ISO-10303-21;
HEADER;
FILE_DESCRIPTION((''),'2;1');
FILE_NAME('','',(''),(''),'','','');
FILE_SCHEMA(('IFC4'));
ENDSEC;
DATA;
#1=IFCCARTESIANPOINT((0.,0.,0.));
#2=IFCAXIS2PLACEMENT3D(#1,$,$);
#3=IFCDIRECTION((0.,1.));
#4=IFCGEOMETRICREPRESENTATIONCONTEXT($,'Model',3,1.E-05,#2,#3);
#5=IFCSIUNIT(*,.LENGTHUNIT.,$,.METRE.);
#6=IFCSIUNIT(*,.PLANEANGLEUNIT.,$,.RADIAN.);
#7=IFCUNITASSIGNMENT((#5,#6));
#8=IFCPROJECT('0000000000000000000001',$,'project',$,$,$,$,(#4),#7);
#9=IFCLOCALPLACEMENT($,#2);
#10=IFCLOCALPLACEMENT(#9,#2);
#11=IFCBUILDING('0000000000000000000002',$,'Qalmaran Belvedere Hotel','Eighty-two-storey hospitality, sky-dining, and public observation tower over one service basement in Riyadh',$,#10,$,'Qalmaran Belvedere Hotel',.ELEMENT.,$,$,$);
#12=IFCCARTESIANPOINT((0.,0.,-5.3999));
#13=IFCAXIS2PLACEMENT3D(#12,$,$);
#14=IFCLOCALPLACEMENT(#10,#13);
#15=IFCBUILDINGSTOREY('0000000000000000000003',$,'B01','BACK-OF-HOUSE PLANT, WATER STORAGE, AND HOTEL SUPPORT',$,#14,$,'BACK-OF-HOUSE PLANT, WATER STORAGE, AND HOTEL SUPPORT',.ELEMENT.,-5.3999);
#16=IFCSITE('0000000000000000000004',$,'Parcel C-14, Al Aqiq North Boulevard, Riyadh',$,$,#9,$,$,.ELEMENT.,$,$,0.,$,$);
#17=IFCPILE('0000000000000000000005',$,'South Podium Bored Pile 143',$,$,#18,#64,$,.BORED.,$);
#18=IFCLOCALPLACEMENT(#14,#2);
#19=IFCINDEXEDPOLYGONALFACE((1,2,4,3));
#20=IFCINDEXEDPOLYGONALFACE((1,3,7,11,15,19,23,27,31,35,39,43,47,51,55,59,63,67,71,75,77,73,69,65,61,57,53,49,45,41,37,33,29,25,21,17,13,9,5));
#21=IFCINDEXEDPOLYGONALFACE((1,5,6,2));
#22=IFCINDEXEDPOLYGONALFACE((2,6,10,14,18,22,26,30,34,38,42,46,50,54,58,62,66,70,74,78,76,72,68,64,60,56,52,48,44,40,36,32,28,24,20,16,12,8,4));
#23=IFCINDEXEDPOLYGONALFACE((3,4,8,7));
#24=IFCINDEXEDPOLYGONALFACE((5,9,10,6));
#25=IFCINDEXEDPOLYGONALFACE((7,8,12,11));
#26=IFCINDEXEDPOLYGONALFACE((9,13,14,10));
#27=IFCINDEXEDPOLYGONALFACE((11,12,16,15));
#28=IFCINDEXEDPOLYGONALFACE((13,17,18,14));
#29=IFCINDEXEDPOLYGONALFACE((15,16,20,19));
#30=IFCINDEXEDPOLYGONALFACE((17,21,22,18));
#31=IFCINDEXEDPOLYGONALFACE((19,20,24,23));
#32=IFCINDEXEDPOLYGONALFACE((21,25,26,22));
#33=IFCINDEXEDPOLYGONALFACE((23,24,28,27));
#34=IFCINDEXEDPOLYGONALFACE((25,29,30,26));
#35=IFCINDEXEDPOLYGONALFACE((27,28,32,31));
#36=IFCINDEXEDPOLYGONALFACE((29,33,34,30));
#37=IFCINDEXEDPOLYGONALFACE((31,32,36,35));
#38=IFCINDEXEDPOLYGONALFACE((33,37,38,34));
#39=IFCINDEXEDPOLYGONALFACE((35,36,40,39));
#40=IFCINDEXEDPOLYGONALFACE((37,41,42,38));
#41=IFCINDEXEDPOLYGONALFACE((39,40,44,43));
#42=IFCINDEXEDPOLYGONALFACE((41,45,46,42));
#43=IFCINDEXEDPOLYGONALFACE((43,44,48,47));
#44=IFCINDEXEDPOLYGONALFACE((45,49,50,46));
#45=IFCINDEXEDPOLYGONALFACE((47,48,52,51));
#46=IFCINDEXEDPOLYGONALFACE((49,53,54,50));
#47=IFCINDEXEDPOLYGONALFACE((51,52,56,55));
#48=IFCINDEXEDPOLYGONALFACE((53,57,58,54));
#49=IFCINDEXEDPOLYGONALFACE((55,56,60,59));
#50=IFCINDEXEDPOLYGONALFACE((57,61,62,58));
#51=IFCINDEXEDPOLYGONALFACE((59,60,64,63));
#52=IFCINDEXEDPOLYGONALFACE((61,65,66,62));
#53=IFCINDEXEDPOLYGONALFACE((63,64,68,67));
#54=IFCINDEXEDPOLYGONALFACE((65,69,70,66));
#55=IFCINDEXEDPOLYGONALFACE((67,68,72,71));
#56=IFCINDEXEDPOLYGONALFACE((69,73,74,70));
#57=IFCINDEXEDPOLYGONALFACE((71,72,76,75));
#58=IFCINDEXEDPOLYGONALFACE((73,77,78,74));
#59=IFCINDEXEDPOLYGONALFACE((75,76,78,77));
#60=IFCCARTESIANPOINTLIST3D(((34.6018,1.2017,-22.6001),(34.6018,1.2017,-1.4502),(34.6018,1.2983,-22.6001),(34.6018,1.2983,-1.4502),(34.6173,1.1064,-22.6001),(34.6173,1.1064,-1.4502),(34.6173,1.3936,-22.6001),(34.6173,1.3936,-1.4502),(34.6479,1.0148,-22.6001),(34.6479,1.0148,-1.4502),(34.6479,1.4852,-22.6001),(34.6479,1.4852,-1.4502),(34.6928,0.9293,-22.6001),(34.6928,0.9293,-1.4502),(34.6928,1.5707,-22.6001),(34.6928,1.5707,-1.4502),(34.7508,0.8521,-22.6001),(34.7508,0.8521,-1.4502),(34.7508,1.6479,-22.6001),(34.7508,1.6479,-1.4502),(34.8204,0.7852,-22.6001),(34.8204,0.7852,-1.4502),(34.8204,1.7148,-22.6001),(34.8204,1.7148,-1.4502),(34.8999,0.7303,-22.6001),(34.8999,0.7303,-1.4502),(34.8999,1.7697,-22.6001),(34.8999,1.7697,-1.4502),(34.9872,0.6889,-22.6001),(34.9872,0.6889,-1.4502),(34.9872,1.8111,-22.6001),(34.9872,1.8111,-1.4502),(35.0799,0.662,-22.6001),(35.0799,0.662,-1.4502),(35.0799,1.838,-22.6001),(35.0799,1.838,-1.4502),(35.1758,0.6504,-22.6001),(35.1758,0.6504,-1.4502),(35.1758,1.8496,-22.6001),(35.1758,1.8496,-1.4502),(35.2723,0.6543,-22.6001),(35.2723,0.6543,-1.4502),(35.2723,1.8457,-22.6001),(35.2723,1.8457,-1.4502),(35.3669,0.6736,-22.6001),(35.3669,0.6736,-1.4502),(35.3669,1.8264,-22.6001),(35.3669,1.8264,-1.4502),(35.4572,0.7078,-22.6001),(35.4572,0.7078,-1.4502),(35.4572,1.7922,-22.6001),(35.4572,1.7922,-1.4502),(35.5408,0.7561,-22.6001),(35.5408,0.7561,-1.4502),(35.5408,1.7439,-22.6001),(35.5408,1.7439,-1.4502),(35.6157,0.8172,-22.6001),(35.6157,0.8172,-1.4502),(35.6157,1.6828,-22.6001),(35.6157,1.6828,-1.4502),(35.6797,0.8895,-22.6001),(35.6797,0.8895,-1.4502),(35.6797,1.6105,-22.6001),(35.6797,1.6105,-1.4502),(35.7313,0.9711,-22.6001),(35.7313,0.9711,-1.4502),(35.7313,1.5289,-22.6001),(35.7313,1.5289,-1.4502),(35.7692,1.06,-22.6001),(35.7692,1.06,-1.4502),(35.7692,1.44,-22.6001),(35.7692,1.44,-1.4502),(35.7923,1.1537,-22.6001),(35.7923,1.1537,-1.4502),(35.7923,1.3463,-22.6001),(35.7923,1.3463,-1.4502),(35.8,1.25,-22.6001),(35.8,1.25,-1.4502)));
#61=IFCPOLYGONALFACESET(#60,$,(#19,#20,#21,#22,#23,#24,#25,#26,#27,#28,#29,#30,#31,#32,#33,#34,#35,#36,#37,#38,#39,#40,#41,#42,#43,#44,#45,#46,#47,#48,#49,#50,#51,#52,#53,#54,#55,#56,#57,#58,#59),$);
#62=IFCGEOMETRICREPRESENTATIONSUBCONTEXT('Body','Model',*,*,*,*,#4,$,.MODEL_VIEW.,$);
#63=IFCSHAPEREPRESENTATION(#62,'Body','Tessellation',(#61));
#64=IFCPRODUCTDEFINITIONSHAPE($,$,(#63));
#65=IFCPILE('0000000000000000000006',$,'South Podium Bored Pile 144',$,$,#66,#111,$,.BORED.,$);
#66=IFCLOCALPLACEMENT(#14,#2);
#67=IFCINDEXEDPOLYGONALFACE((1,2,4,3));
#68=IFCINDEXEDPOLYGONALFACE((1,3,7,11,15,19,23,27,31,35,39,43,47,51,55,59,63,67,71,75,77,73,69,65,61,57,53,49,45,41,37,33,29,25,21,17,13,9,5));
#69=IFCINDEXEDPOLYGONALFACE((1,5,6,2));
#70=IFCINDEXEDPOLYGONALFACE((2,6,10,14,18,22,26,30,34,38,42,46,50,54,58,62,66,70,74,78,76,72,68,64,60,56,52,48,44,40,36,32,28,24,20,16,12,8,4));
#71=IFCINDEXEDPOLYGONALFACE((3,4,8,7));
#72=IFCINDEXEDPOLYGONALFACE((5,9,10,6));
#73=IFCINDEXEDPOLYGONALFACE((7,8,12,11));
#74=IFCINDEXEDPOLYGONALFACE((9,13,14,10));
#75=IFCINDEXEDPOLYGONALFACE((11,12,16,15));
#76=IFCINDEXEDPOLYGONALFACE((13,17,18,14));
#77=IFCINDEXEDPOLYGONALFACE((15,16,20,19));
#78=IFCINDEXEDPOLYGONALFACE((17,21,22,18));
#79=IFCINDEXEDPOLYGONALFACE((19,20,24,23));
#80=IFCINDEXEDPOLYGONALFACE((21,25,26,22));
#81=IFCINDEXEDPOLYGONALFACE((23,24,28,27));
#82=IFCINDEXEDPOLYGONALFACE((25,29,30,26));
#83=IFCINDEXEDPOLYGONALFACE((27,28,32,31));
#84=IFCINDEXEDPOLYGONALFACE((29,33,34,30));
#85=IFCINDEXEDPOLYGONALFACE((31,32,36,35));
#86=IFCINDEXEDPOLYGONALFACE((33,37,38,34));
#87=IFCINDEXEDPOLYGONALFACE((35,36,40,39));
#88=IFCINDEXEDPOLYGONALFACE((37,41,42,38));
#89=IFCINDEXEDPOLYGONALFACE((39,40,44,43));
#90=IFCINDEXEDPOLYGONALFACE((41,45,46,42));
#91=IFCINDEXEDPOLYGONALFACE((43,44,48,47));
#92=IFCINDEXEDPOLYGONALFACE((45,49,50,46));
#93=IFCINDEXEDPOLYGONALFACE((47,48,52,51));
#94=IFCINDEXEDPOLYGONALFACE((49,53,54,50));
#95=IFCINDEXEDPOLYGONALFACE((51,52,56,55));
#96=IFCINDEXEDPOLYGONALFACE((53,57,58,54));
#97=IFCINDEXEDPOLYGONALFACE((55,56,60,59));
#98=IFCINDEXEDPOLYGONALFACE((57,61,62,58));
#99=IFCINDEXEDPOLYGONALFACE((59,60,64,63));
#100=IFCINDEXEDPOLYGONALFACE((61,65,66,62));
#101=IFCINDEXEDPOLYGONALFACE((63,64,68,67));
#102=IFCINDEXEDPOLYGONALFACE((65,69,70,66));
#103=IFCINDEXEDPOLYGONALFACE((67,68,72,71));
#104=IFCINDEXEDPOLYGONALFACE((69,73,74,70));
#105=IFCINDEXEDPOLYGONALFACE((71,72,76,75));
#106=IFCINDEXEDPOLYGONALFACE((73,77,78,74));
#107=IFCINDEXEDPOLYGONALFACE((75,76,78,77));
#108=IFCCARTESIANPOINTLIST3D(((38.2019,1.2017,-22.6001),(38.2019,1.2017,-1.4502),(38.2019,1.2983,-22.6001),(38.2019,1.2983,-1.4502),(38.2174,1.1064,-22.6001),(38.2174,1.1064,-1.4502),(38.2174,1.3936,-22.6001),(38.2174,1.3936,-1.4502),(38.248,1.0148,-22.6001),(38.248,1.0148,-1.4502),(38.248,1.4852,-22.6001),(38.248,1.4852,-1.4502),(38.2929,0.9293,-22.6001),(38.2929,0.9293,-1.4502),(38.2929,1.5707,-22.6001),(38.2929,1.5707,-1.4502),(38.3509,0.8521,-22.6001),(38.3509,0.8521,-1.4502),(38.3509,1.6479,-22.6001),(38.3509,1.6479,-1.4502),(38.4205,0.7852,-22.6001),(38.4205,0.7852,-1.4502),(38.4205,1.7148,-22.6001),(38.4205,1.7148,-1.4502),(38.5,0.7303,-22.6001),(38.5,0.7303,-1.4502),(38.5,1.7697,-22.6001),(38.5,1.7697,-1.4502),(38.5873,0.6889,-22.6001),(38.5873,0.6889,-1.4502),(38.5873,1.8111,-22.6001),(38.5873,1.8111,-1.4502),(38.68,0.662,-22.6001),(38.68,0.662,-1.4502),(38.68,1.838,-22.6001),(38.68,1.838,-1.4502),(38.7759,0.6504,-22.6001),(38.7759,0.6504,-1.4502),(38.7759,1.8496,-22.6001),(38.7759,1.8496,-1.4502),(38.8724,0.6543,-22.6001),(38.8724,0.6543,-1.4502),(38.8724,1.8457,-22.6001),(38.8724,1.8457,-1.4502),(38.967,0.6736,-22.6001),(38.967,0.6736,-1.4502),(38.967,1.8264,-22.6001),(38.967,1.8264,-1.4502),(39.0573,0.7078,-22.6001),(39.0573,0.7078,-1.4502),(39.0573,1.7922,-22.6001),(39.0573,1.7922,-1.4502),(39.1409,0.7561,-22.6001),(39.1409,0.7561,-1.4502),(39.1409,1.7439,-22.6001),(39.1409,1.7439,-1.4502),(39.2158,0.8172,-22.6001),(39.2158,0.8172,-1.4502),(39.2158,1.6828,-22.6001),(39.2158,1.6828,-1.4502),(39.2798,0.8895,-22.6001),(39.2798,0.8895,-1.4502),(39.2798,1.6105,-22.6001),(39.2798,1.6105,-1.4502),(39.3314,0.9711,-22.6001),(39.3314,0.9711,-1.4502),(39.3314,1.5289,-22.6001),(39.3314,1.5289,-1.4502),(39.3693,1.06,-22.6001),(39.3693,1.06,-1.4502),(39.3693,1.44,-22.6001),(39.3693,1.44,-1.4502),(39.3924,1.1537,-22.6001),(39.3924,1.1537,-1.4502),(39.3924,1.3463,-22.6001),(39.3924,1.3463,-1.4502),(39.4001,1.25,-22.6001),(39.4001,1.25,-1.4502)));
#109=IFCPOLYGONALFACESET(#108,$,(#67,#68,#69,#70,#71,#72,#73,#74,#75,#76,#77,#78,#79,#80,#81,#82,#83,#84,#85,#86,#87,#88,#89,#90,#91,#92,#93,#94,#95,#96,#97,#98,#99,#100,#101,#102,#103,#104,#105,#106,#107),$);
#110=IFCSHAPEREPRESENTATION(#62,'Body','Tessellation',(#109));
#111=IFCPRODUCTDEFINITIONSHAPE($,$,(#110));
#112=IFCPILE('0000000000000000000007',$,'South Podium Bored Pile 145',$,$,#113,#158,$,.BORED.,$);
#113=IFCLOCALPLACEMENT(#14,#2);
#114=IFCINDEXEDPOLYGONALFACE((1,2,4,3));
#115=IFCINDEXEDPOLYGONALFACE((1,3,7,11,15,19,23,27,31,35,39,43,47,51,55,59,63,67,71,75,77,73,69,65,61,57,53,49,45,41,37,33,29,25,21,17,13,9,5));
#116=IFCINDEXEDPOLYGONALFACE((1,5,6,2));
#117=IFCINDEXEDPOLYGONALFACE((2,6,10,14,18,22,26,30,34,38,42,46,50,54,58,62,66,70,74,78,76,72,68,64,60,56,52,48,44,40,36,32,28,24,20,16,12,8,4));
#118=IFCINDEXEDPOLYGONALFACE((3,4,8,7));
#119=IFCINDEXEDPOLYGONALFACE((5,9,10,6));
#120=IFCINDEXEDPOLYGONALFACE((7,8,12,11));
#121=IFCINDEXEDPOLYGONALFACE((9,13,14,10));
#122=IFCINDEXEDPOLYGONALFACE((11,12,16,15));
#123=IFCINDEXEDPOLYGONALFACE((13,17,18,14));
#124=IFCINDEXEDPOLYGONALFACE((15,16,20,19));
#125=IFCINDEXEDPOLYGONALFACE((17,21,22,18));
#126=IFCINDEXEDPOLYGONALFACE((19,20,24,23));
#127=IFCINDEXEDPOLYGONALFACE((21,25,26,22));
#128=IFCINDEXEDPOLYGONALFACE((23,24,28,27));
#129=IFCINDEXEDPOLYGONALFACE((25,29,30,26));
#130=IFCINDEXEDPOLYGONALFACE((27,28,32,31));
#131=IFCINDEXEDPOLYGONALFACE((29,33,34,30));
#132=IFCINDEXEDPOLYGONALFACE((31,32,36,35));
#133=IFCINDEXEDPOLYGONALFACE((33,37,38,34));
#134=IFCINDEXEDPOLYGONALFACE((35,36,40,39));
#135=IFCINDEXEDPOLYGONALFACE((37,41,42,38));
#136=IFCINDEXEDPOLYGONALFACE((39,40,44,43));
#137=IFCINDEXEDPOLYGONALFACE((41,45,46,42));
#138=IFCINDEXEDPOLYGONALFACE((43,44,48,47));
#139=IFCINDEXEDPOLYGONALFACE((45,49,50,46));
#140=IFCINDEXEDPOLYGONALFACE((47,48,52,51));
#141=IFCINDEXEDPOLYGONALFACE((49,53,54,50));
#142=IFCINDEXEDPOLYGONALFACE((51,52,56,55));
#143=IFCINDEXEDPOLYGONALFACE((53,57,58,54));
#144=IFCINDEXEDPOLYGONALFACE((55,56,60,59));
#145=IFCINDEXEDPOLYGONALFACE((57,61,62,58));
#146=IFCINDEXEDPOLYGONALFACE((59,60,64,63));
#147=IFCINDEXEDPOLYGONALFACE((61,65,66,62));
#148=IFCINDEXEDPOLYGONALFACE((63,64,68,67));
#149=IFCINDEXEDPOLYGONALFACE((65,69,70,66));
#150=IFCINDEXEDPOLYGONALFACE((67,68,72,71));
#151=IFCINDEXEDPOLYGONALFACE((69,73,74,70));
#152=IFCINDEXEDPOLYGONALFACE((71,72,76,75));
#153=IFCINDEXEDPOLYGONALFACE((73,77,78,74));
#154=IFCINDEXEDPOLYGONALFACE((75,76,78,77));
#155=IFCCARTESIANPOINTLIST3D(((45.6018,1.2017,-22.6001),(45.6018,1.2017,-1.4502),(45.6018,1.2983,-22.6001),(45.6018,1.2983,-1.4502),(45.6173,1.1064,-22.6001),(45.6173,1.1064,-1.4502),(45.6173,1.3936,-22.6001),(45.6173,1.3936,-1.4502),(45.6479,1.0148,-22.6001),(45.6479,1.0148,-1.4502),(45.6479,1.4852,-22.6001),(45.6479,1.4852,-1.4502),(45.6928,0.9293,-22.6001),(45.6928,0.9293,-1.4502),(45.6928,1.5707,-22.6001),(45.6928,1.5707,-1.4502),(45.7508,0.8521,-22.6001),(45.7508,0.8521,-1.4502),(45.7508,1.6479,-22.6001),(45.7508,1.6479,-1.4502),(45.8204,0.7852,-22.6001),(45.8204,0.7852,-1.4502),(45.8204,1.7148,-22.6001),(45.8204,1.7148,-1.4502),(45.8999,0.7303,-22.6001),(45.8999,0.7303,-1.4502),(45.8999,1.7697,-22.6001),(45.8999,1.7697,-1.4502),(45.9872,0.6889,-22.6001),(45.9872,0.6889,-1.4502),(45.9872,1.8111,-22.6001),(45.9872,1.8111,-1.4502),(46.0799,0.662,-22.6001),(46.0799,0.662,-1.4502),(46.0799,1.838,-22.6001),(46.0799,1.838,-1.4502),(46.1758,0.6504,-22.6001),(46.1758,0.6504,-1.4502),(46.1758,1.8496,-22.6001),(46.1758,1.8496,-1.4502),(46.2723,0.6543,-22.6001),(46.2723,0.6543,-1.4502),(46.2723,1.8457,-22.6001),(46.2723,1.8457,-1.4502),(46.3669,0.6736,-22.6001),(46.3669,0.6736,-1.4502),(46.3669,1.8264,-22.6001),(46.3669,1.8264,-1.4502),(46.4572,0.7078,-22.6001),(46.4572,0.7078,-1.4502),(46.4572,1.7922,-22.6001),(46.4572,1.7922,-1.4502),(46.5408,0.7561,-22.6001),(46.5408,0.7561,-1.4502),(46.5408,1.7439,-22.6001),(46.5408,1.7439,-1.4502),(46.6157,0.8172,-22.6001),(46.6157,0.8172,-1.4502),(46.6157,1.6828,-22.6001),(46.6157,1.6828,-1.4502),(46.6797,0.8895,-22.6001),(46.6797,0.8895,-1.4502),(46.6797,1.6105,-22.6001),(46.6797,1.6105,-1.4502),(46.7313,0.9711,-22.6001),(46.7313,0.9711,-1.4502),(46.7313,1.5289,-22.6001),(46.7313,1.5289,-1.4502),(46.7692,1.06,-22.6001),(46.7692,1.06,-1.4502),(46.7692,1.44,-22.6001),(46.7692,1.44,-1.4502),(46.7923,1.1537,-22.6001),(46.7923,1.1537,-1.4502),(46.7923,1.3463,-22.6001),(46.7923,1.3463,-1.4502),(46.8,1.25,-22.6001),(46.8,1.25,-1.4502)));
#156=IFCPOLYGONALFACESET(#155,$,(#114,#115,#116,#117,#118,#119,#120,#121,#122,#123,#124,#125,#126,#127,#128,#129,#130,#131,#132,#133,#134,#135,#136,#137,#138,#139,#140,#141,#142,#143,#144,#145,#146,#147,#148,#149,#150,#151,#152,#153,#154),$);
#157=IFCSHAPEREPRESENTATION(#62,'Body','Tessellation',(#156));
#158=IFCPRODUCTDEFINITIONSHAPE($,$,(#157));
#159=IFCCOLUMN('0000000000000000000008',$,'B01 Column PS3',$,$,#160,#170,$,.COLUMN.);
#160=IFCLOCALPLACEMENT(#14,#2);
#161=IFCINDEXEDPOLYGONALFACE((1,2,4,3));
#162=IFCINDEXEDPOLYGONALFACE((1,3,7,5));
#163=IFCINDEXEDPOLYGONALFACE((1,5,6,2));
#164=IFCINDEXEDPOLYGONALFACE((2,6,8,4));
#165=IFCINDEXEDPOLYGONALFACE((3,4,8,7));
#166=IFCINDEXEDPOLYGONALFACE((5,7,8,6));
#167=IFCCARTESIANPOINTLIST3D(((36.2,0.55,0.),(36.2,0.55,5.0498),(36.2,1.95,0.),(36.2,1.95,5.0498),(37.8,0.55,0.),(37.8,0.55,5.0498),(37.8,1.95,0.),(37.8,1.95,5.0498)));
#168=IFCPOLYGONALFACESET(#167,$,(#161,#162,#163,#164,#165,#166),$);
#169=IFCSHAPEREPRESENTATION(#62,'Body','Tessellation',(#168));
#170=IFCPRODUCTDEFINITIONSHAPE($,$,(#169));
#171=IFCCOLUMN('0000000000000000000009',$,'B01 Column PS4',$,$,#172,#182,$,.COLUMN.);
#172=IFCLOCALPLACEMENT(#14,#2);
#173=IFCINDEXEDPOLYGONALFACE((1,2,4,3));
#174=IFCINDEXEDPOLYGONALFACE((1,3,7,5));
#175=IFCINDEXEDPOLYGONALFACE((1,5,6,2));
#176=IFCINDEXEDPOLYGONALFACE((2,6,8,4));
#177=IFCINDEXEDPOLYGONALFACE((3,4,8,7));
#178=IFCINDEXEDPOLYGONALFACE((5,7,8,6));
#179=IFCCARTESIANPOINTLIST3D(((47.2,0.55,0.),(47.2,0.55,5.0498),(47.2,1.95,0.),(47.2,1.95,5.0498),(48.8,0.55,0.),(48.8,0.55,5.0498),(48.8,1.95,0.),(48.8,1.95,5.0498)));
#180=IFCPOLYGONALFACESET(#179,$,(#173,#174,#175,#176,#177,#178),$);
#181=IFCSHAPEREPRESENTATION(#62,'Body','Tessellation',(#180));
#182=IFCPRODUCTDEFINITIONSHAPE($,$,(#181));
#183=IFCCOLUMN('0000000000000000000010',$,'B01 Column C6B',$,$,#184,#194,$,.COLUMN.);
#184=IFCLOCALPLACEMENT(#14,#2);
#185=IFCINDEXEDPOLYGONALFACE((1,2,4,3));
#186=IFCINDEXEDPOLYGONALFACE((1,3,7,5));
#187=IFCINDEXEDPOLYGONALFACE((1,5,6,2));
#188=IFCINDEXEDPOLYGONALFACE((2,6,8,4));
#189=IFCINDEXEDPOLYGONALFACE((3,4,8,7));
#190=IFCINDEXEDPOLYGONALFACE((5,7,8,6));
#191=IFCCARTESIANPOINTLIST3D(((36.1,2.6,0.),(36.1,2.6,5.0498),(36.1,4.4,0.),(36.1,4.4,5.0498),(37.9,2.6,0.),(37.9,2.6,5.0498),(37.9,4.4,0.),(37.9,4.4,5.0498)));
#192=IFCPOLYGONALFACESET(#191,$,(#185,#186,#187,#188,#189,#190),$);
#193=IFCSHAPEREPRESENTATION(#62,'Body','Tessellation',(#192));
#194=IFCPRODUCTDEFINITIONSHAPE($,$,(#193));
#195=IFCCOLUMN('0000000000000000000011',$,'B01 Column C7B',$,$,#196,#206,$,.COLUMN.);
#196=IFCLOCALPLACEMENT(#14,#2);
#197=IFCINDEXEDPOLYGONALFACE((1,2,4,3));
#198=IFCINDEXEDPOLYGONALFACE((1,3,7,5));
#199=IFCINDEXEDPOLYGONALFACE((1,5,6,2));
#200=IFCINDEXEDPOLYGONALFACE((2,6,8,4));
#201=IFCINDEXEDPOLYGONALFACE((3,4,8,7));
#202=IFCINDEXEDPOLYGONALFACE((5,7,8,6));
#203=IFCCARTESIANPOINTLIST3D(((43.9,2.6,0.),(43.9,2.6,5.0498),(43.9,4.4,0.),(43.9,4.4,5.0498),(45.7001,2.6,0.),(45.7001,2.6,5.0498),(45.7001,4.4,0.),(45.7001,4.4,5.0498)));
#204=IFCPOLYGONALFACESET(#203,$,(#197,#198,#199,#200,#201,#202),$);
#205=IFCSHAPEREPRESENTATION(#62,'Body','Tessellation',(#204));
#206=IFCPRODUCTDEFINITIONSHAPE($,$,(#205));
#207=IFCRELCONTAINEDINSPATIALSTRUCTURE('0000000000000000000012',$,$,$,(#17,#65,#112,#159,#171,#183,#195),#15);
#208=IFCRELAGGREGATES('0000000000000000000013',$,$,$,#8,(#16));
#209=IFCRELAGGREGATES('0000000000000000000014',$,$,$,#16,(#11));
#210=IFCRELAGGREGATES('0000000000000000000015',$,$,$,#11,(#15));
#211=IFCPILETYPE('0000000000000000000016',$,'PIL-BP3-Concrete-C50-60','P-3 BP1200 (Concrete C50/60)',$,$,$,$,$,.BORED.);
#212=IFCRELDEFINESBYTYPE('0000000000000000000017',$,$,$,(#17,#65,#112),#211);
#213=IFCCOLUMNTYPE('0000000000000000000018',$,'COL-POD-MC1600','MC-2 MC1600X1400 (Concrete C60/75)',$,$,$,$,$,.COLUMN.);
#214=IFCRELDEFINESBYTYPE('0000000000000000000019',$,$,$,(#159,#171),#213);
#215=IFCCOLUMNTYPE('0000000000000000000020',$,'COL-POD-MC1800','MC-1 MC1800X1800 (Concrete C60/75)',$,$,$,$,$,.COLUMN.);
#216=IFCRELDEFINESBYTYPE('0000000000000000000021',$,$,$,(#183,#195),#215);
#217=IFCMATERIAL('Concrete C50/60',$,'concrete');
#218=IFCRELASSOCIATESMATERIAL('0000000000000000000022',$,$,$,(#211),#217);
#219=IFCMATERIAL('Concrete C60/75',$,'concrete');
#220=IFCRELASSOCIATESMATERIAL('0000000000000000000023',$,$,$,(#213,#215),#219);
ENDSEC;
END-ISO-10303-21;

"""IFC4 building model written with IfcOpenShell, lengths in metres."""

from ifc_helpers import new_model, si_unit, direction, frame, origin, origin_2d, place, context, subcontext, project, spatial, rectangle, circle, extrude, material, material_profile, profile_set, type_object, element, save


model = new_model("IFC4")

# Units and contexts
model_context = context("Model", 3, precision=1e-05, world=origin(), true_north=direction((0.0, 1.0)))
body_context = subcontext(model_context, "Body", "Model", "MODEL_VIEW")
ifc_project = project(units=[si_unit("LENGTHUNIT", "METRE"), si_unit("PLANEANGLEUNIT", "RADIAN")], contexts=[model_context])

# Site, building, storey
site_placement = place(None, origin())
site = spatial("IfcSite", under=ifc_project, at=site_placement, Name="Parcel C-14, Al Aqiq North Boulevard, Riyadh", CompositionType="ELEMENT", RefElevation=0.0)
building_placement = place(site_placement, origin())
building = spatial("IfcBuilding", under=site, at=building_placement, Name="Qalmaran Belvedere Hotel", Description="Eighty-two-storey hospitality, sky-dining, and public observation tower over one service basement in Riyadh", LongName="Qalmaran Belvedere Hotel", CompositionType="ELEMENT")
storey_placement = place(building_placement, frame((0.0, 0.0, -5.3999)))
storey = spatial("IfcBuildingStorey", under=building, at=storey_placement, Name="B01", Description="BACK-OF-HOUSE PLANT, WATER STORAGE, AND HOTEL SUPPORT", LongName="BACK-OF-HOUSE PLANT, WATER STORAGE, AND HOTEL SUPPORT", CompositionType="ELEMENT", Elevation=-5.3999)

# Shared definitions
ifc_material_1 = material(Name="Concrete C50/60", Category="concrete")

# Piles
ifc_material_profile_1 = material_profile(ifc_material_1, circle(Radius=0.6001, at=origin_2d()), Name="BP1200")
ifc_profile_set_1 = profile_set([ifc_material_profile_1], Name="Concrete C50/60")
pile_type_1 = type_object("IfcPileType", Name="PIL-BP3-Concrete-C50-60", Description="P-3 BP1200 (Concrete C50/60)", PredefinedType="BORED", material=ifc_profile_set_1)
for number, where, z_axis, x_axis, name in (
    (1, (35.2, 1.25, -1.4502), (0.0, 0.0, -1.0), (1.0, 0.0, 0.0), "South Podium Bored Pile 143"),
    (2, (38.8, 1.25, -1.4502), (0.0, 0.0, -1.0), (1.0, 0.0, 0.0), "South Podium Bored Pile 144"),
    (3, (46.2, 1.25, -1.4502), (0.0, 0.0, -1.0), (1.0, 0.0, 0.0), "South Podium Bored Pile 145"),
):
    element("IfcPile", number, at=place(storey_placement, frame(where, z_axis=z_axis, x_axis=x_axis)), inside=storey, type_object=pile_type_1, Name=name, PredefinedType="BORED", context=body_context, shape_type="SweptSolid", body=[
        extrude(circle(Radius=0.6001, at=origin_2d()), origin(), (0.0, 0.0, 1.0), 21.1499),
    ])

# Columns
ifc_material_2 = material(Name="Concrete C60/75", Category="concrete")
ifc_material_profile_2 = material_profile(ifc_material_2, rectangle(XDim=1.6001, YDim=1.3999, at=origin_2d()), Name="MC1600X1400")
ifc_profile_set_2 = profile_set([ifc_material_profile_2], Name="Concrete C60/75")
column_type_1 = type_object("IfcColumnType", Name="COL-POD-MC1600", Description="MC-2 MC1600X1400 (Concrete C60/75)", PredefinedType="COLUMN", material=ifc_profile_set_2)
for number, where, z_axis, x_axis, name in (
    (4, (37.0, 1.25, 0.0), (0.0, 0.0, 1.0), (1.0, 0.0, 0.0), "B01 Column PS3"),
    (5, (48.0, 1.25, 0.0), (0.0, 0.0, 1.0), (1.0, 0.0, 0.0), "B01 Column PS4"),
):
    element("IfcColumn", number, at=place(storey_placement, frame(where, z_axis=z_axis, x_axis=x_axis)), inside=storey, type_object=column_type_1, Name=name, PredefinedType="COLUMN", context=body_context, shape_type="SweptSolid", body=[
        extrude(rectangle(XDim=1.6001, YDim=1.3999, at=origin_2d()), origin(), (0.0, 0.0, 1.0), 5.0498),
    ])
ifc_material_profile_3 = material_profile(ifc_material_2, rectangle(XDim=1.8, YDim=1.8, at=origin_2d()), Name="MC1800X1800")
ifc_profile_set_3 = profile_set([ifc_material_profile_3], Name="Concrete C60/75")
column_type_2 = type_object("IfcColumnType", Name="COL-POD-MC1800", Description="MC-1 MC1800X1800 (Concrete C60/75)", PredefinedType="COLUMN", material=ifc_profile_set_3)
for number, where, z_axis, x_axis, name in (
    (6, (37.0, 3.5, 0.0), (0.0, 0.0, 1.0), (1.0, 0.0, 0.0), "B01 Column C6B"),
    (7, (44.8, 3.5, 0.0), (0.0, 0.0, 1.0), (1.0, 0.0, 0.0), "B01 Column C7B"),
):
    element("IfcColumn", number, at=place(storey_placement, frame(where, z_axis=z_axis, x_axis=x_axis)), inside=storey, type_object=column_type_2, Name=name, PredefinedType="COLUMN", context=body_context, shape_type="SweptSolid", body=[
        extrude(rectangle(XDim=1.8, YDim=1.8, at=origin_2d()), origin(), (0.0, 0.0, 1.0), 5.0498),
    ])

save(model, "model.ifc")
